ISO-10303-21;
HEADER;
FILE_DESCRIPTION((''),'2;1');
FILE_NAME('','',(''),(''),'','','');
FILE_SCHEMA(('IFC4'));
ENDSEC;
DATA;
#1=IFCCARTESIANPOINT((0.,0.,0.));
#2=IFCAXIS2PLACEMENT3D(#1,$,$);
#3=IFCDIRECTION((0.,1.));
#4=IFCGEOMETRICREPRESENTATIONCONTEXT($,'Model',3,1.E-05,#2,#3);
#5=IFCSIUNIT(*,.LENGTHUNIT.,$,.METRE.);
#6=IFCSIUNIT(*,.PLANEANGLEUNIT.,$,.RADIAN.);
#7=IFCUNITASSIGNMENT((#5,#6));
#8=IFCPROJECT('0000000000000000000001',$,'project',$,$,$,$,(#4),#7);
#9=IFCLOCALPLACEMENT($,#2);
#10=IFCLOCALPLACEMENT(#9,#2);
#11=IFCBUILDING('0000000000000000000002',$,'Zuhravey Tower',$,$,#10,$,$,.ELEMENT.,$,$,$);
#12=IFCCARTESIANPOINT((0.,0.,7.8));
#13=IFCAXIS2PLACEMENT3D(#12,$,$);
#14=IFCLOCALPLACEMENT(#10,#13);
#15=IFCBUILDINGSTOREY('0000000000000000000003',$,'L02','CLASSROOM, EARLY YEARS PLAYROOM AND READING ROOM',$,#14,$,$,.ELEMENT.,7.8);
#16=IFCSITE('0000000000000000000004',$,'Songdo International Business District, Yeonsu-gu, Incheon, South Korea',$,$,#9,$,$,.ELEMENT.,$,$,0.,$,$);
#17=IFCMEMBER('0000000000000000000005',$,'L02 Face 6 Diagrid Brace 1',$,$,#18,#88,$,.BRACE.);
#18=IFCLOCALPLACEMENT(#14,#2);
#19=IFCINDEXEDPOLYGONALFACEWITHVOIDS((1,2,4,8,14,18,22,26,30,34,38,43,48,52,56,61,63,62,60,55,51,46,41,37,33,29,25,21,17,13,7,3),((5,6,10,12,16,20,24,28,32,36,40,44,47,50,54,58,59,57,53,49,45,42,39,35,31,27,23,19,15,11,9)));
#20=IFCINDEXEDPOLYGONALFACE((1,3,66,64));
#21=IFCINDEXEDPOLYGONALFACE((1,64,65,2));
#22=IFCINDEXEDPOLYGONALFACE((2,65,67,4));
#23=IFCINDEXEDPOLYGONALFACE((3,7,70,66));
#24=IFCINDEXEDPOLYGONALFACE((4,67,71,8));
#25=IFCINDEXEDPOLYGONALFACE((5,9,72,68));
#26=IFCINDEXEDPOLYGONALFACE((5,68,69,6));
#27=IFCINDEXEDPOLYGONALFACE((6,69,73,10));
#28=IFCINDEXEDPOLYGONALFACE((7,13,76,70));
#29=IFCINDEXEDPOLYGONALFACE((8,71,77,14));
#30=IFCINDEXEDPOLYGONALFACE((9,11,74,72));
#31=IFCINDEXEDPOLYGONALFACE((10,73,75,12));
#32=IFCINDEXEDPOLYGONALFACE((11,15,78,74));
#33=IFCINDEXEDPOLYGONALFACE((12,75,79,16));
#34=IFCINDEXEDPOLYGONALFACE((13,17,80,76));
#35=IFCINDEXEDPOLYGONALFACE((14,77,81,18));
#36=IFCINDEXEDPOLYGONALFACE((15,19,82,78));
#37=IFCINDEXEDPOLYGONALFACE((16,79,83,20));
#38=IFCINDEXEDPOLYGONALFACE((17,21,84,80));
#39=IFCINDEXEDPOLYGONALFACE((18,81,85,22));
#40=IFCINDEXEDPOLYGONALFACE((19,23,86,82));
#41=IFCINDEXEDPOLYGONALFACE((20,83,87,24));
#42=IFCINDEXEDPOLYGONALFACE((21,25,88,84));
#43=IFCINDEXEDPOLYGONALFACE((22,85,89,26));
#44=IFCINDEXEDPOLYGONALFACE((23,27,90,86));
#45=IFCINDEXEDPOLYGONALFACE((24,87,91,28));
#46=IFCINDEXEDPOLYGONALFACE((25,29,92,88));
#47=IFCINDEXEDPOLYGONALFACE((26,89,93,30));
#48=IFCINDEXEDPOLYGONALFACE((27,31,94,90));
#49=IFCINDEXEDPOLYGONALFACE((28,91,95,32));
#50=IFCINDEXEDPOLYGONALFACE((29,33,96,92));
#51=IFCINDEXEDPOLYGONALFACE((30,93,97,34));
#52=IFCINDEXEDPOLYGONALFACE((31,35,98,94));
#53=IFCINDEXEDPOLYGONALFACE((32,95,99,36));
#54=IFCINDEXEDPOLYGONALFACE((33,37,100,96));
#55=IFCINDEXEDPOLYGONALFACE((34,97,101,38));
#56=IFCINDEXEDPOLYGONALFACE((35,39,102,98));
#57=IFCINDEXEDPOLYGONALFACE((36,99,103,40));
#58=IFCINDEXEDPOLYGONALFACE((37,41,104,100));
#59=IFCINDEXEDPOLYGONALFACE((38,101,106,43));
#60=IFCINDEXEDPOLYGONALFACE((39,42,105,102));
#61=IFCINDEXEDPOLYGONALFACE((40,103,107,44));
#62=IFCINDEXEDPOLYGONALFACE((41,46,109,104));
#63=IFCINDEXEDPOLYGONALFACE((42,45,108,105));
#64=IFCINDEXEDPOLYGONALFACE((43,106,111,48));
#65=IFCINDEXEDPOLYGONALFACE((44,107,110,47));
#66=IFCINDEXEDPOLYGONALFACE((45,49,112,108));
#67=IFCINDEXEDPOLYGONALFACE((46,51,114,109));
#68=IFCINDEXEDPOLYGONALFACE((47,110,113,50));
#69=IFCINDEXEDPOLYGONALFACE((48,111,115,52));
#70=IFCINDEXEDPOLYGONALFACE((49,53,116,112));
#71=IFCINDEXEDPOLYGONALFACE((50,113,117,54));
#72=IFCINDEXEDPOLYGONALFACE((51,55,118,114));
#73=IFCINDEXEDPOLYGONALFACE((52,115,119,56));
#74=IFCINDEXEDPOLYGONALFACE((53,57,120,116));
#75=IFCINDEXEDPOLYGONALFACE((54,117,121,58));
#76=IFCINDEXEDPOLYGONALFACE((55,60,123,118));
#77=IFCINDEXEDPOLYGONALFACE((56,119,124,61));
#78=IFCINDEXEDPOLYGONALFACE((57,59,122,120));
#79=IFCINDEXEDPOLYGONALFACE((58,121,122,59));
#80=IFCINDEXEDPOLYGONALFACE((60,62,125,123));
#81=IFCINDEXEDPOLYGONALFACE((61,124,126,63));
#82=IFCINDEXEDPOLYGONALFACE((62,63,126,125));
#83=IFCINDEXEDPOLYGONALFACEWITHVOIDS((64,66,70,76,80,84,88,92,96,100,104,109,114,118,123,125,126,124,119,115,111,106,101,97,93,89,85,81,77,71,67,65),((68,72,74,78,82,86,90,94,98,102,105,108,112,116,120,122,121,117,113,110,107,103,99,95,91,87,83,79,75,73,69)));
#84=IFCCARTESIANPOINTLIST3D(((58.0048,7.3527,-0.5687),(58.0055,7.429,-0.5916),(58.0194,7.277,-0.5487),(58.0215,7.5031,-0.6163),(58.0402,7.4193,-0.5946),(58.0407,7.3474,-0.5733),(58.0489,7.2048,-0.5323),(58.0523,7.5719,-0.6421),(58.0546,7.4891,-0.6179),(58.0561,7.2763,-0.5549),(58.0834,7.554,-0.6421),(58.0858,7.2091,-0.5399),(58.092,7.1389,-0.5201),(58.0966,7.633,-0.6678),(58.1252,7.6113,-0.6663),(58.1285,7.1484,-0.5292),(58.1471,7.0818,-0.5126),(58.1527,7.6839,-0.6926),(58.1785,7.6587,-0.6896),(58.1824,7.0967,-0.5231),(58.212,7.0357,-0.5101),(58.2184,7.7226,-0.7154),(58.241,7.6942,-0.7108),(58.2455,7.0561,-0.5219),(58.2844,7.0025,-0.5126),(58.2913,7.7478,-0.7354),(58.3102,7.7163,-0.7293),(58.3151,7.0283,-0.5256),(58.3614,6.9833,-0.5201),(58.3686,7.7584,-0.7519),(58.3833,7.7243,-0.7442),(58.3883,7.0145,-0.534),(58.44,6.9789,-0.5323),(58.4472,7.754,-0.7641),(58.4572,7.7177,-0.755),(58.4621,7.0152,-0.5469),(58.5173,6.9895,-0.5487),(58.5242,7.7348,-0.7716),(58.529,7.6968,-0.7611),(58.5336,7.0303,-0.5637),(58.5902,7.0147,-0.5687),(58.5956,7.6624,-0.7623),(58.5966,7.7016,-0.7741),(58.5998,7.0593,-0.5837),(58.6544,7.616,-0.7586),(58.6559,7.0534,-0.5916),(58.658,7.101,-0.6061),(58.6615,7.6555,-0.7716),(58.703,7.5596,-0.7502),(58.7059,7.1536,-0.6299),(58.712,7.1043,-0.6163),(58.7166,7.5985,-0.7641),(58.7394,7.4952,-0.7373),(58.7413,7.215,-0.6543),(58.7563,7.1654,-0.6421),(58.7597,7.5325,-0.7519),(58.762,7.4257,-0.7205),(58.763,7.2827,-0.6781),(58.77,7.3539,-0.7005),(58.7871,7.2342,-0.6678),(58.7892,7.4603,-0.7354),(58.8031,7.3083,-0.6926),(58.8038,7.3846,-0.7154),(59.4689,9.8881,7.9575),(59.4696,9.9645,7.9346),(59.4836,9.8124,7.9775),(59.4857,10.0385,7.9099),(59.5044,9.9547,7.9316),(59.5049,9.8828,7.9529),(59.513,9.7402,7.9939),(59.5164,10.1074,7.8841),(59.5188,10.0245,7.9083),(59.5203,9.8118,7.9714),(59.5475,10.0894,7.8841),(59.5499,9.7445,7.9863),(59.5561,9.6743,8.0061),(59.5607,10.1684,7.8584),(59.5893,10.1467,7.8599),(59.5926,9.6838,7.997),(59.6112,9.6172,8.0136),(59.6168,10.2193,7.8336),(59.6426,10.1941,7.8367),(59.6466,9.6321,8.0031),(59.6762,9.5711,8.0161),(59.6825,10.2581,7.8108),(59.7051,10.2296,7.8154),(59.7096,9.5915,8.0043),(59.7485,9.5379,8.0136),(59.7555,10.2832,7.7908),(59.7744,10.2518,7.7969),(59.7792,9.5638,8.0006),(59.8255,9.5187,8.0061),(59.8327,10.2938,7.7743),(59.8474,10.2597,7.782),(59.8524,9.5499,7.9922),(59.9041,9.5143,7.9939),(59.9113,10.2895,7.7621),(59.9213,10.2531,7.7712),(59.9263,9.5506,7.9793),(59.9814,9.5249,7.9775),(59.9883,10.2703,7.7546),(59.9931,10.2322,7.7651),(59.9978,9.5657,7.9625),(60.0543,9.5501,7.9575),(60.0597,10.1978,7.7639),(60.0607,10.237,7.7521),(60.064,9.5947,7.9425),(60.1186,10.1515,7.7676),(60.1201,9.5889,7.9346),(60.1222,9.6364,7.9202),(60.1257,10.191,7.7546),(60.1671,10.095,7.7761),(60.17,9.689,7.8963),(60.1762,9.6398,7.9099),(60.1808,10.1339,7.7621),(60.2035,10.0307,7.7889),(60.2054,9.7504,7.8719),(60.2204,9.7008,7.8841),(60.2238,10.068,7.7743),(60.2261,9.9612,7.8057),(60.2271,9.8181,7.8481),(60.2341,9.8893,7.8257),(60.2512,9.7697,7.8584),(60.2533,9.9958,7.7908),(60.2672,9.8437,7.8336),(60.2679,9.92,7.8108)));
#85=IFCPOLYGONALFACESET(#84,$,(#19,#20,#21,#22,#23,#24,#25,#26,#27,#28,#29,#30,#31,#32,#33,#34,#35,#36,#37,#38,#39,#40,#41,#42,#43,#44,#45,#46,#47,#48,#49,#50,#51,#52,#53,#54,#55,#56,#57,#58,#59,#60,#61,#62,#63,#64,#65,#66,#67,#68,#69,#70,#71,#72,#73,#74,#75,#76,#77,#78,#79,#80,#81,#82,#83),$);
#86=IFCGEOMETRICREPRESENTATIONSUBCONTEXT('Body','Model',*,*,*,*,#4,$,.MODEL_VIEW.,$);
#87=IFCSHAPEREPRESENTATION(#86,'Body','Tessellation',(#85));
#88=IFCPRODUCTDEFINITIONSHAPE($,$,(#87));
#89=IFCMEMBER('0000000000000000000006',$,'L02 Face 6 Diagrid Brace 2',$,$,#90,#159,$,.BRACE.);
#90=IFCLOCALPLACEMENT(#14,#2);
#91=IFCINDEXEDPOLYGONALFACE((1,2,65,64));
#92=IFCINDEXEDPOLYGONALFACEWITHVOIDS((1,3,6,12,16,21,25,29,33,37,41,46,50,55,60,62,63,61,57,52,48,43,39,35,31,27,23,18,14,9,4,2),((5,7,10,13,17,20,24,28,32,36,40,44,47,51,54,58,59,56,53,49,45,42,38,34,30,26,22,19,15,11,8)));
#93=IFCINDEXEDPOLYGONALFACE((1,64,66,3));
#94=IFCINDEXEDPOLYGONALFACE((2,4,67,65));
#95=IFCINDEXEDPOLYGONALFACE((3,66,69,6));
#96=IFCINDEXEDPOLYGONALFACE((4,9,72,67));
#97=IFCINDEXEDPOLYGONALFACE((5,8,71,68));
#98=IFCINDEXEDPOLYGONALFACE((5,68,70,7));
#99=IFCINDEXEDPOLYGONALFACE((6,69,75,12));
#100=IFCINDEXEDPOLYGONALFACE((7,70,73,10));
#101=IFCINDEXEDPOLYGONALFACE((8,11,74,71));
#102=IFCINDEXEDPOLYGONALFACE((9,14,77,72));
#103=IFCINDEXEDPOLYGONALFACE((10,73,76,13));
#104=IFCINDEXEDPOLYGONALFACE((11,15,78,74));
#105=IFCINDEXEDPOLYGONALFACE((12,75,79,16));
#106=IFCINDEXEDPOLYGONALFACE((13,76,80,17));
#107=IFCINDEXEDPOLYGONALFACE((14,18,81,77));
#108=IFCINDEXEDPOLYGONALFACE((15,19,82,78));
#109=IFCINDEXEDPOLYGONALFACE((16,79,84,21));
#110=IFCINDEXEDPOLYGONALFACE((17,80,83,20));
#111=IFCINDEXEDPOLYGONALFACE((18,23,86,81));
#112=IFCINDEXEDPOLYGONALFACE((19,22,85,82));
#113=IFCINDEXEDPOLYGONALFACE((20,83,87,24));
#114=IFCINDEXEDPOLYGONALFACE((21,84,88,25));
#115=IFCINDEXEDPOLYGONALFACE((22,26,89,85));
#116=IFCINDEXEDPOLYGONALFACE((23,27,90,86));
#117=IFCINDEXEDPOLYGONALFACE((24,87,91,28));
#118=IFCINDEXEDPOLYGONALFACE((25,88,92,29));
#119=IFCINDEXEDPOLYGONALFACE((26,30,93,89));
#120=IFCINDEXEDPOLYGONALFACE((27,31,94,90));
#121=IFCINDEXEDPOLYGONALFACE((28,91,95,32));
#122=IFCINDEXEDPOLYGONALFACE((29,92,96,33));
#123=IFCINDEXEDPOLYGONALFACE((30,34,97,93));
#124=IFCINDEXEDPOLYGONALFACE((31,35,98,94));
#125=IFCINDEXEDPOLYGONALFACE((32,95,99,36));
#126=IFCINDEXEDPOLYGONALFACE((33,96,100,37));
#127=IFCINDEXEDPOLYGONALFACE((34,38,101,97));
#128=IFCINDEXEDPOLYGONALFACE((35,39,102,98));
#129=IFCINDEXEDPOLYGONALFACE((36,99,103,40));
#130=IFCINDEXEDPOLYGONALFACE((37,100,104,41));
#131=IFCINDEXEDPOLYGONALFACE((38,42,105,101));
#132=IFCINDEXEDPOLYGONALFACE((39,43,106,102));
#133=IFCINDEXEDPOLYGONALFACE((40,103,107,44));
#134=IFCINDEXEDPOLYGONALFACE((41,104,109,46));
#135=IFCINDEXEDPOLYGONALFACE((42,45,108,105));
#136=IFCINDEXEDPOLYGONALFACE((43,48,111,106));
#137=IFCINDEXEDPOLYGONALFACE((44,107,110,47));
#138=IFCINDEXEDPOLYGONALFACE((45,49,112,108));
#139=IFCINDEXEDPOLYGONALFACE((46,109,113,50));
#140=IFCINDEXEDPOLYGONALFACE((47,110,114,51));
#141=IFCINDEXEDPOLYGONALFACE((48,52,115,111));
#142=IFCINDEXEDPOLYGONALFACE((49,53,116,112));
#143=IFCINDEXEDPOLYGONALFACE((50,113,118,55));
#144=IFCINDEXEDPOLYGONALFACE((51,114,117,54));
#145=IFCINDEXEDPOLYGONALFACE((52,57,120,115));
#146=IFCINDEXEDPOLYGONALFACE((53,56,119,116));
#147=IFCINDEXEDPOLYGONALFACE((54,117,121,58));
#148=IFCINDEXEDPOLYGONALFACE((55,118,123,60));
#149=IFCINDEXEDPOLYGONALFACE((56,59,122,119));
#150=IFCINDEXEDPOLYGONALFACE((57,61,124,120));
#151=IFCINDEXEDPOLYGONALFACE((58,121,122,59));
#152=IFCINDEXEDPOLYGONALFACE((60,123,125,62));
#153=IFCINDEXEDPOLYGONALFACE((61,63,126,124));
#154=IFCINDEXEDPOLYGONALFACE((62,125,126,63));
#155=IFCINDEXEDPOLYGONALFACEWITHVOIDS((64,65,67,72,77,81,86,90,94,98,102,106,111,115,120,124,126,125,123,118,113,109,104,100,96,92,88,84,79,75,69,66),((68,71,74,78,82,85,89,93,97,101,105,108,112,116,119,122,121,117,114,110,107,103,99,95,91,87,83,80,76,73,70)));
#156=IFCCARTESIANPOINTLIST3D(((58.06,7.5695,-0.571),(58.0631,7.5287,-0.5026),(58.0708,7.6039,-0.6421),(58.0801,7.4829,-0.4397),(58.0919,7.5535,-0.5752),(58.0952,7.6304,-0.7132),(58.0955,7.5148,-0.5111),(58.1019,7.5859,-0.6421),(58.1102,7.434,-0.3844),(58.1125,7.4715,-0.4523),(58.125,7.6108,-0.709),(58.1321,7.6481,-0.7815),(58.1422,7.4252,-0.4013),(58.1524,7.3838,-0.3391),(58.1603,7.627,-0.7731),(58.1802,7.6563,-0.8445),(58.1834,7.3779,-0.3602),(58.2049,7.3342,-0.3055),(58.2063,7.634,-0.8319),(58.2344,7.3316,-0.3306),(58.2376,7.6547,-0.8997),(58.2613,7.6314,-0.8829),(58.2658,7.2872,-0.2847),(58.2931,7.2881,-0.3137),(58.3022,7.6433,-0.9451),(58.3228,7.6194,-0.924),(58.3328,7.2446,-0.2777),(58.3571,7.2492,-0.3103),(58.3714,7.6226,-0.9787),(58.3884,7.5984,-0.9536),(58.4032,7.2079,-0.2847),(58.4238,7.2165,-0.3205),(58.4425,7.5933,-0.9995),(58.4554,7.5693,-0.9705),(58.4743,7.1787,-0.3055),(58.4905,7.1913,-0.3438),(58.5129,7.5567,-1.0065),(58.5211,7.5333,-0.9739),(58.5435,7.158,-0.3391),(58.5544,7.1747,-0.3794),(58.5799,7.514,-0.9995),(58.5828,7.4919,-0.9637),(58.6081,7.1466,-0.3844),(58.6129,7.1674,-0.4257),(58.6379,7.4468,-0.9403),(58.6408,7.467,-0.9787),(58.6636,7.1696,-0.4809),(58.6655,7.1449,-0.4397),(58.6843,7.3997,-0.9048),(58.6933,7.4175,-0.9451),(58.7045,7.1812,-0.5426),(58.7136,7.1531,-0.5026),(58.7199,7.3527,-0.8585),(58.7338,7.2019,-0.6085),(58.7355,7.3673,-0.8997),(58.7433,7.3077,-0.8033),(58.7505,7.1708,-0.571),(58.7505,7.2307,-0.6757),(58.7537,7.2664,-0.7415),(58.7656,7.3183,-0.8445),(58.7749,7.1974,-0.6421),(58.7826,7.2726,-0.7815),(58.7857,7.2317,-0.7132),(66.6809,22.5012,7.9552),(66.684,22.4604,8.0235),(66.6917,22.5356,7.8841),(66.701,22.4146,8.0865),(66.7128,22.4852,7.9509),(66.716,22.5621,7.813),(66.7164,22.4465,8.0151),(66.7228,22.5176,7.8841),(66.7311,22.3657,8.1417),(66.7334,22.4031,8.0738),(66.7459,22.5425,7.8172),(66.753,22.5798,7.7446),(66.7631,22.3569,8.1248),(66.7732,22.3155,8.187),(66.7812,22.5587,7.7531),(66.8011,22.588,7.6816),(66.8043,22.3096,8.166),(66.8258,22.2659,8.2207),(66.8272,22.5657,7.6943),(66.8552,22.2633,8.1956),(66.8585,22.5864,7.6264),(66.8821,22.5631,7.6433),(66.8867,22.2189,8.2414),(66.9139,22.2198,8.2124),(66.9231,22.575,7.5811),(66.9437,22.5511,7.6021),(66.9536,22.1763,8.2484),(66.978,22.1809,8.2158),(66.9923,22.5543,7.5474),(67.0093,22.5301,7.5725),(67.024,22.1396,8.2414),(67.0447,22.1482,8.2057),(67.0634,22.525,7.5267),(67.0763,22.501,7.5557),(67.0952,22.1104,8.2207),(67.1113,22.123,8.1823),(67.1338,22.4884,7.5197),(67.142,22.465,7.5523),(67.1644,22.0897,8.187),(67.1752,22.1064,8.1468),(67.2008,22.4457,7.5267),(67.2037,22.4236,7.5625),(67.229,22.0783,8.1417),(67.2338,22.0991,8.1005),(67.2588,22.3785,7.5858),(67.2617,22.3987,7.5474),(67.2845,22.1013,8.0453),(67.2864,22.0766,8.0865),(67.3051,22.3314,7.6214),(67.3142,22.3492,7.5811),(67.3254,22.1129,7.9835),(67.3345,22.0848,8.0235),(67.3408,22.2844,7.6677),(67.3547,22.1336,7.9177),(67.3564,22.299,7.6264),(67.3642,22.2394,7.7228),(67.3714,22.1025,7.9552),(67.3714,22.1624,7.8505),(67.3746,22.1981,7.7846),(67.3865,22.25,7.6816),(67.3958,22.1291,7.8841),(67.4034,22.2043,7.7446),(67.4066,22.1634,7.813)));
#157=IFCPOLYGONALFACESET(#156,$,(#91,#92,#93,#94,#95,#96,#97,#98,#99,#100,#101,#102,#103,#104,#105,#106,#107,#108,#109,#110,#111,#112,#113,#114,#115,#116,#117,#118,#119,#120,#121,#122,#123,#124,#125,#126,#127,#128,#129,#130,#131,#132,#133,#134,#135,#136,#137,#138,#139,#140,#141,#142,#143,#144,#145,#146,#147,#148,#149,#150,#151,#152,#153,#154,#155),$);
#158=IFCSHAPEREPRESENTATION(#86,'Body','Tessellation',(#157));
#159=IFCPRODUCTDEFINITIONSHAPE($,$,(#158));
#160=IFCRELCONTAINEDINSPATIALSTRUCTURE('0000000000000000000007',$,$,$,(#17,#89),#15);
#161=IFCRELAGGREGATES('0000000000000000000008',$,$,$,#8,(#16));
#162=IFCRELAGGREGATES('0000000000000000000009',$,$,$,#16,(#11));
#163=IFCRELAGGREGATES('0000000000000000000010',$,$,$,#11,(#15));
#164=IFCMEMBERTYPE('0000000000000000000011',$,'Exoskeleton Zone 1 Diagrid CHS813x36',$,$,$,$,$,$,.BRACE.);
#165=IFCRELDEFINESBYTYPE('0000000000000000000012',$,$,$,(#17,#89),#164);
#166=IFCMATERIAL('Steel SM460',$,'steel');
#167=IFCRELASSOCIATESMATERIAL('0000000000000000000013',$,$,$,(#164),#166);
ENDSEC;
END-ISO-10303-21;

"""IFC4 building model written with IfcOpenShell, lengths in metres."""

from ifc_helpers import new_model, si_unit, direction, frame, origin, origin_2d, place, context, subcontext, project, spatial, hollow_circle, extrude, material, material_profile, profile_set, type_object, element, save


model = new_model("IFC4")

# Units and contexts
model_context = context("Model", 3, precision=1e-05, world=origin(), true_north=direction((0.0, 1.0)))
body_context = subcontext(model_context, "Body", "Model", "MODEL_VIEW")
ifc_project = project(units=[si_unit("LENGTHUNIT", "METRE"), si_unit("PLANEANGLEUNIT", "RADIAN")], contexts=[model_context])

# Site, building, storey
site_placement = place(None, origin())
site = spatial("IfcSite", under=ifc_project, at=site_placement, Name="Songdo International Business District, Yeonsu-gu, Incheon, South Korea", CompositionType="ELEMENT", RefElevation=0.0)
building_placement = place(site_placement, origin())
building = spatial("IfcBuilding", under=site, at=building_placement, Name="Zuhravey Tower", CompositionType="ELEMENT")
storey_placement = place(building_placement, frame((0.0, 0.0, 7.8)))
storey = spatial("IfcBuildingStorey", under=building, at=storey_placement, Name="L02", Description="CLASSROOM, EARLY YEARS PLAYROOM AND READING ROOM", CompositionType="ELEMENT", Elevation=7.8)

# Members
ifc_material_1 = material(Name="Steel SM460", Category="steel")
ifc_material_profile_1 = material_profile(ifc_material_1, hollow_circle(Radius=0.4065, WallThickness=0.0359, at=origin_2d()), Name="CHS-812.8x36")
ifc_profile_set_1 = profile_set([ifc_material_profile_1], Name="Steel SM460")
member_type_1 = type_object("IfcMemberType", Name="Exoskeleton Zone 1 Diagrid CHS813x36", PredefinedType="BRACE", material=ifc_profile_set_1)
member_1_placement = place(storey_placement, frame((58.4043, 7.3687, -0.6421), z_axis=(0.162412, 0.281249, 0.945792), x_axis=(-0.865981, 0.500076, 0.0)))
element("IfcMember", 1, at=member_1_placement, inside=storey, type_object=member_type_1, Name="L02 Face 6 Diagrid Brace 1", PredefinedType="BRACE", context=body_context, shape_type="SweptSolid", body=[
    extrude(hollow_circle(Radius=0.4065, WallThickness=0.0359, at=origin_2d()), origin(), (0.0, 0.0, 1.0), 9.0149),
])
member_2_placement = place(storey_placement, frame((58.4229, 7.4006, -0.6421), z_axis=(0.448196, 0.776293, 0.443271), x_axis=(-0.866024, 0.500003, 0.0)))
element("IfcMember", 2, at=member_2_placement, inside=storey, type_object=member_type_1, Name="L02 Face 6 Diagrid Brace 2", PredefinedType="BRACE", context=body_context, shape_type="SweptSolid", body=[
    extrude(hollow_circle(Radius=0.4065, WallThickness=0.0359, at=origin_2d()), origin(), (0.0, 0.0, 1.0), 19.2346),
])

save(model, "model.ifc")
